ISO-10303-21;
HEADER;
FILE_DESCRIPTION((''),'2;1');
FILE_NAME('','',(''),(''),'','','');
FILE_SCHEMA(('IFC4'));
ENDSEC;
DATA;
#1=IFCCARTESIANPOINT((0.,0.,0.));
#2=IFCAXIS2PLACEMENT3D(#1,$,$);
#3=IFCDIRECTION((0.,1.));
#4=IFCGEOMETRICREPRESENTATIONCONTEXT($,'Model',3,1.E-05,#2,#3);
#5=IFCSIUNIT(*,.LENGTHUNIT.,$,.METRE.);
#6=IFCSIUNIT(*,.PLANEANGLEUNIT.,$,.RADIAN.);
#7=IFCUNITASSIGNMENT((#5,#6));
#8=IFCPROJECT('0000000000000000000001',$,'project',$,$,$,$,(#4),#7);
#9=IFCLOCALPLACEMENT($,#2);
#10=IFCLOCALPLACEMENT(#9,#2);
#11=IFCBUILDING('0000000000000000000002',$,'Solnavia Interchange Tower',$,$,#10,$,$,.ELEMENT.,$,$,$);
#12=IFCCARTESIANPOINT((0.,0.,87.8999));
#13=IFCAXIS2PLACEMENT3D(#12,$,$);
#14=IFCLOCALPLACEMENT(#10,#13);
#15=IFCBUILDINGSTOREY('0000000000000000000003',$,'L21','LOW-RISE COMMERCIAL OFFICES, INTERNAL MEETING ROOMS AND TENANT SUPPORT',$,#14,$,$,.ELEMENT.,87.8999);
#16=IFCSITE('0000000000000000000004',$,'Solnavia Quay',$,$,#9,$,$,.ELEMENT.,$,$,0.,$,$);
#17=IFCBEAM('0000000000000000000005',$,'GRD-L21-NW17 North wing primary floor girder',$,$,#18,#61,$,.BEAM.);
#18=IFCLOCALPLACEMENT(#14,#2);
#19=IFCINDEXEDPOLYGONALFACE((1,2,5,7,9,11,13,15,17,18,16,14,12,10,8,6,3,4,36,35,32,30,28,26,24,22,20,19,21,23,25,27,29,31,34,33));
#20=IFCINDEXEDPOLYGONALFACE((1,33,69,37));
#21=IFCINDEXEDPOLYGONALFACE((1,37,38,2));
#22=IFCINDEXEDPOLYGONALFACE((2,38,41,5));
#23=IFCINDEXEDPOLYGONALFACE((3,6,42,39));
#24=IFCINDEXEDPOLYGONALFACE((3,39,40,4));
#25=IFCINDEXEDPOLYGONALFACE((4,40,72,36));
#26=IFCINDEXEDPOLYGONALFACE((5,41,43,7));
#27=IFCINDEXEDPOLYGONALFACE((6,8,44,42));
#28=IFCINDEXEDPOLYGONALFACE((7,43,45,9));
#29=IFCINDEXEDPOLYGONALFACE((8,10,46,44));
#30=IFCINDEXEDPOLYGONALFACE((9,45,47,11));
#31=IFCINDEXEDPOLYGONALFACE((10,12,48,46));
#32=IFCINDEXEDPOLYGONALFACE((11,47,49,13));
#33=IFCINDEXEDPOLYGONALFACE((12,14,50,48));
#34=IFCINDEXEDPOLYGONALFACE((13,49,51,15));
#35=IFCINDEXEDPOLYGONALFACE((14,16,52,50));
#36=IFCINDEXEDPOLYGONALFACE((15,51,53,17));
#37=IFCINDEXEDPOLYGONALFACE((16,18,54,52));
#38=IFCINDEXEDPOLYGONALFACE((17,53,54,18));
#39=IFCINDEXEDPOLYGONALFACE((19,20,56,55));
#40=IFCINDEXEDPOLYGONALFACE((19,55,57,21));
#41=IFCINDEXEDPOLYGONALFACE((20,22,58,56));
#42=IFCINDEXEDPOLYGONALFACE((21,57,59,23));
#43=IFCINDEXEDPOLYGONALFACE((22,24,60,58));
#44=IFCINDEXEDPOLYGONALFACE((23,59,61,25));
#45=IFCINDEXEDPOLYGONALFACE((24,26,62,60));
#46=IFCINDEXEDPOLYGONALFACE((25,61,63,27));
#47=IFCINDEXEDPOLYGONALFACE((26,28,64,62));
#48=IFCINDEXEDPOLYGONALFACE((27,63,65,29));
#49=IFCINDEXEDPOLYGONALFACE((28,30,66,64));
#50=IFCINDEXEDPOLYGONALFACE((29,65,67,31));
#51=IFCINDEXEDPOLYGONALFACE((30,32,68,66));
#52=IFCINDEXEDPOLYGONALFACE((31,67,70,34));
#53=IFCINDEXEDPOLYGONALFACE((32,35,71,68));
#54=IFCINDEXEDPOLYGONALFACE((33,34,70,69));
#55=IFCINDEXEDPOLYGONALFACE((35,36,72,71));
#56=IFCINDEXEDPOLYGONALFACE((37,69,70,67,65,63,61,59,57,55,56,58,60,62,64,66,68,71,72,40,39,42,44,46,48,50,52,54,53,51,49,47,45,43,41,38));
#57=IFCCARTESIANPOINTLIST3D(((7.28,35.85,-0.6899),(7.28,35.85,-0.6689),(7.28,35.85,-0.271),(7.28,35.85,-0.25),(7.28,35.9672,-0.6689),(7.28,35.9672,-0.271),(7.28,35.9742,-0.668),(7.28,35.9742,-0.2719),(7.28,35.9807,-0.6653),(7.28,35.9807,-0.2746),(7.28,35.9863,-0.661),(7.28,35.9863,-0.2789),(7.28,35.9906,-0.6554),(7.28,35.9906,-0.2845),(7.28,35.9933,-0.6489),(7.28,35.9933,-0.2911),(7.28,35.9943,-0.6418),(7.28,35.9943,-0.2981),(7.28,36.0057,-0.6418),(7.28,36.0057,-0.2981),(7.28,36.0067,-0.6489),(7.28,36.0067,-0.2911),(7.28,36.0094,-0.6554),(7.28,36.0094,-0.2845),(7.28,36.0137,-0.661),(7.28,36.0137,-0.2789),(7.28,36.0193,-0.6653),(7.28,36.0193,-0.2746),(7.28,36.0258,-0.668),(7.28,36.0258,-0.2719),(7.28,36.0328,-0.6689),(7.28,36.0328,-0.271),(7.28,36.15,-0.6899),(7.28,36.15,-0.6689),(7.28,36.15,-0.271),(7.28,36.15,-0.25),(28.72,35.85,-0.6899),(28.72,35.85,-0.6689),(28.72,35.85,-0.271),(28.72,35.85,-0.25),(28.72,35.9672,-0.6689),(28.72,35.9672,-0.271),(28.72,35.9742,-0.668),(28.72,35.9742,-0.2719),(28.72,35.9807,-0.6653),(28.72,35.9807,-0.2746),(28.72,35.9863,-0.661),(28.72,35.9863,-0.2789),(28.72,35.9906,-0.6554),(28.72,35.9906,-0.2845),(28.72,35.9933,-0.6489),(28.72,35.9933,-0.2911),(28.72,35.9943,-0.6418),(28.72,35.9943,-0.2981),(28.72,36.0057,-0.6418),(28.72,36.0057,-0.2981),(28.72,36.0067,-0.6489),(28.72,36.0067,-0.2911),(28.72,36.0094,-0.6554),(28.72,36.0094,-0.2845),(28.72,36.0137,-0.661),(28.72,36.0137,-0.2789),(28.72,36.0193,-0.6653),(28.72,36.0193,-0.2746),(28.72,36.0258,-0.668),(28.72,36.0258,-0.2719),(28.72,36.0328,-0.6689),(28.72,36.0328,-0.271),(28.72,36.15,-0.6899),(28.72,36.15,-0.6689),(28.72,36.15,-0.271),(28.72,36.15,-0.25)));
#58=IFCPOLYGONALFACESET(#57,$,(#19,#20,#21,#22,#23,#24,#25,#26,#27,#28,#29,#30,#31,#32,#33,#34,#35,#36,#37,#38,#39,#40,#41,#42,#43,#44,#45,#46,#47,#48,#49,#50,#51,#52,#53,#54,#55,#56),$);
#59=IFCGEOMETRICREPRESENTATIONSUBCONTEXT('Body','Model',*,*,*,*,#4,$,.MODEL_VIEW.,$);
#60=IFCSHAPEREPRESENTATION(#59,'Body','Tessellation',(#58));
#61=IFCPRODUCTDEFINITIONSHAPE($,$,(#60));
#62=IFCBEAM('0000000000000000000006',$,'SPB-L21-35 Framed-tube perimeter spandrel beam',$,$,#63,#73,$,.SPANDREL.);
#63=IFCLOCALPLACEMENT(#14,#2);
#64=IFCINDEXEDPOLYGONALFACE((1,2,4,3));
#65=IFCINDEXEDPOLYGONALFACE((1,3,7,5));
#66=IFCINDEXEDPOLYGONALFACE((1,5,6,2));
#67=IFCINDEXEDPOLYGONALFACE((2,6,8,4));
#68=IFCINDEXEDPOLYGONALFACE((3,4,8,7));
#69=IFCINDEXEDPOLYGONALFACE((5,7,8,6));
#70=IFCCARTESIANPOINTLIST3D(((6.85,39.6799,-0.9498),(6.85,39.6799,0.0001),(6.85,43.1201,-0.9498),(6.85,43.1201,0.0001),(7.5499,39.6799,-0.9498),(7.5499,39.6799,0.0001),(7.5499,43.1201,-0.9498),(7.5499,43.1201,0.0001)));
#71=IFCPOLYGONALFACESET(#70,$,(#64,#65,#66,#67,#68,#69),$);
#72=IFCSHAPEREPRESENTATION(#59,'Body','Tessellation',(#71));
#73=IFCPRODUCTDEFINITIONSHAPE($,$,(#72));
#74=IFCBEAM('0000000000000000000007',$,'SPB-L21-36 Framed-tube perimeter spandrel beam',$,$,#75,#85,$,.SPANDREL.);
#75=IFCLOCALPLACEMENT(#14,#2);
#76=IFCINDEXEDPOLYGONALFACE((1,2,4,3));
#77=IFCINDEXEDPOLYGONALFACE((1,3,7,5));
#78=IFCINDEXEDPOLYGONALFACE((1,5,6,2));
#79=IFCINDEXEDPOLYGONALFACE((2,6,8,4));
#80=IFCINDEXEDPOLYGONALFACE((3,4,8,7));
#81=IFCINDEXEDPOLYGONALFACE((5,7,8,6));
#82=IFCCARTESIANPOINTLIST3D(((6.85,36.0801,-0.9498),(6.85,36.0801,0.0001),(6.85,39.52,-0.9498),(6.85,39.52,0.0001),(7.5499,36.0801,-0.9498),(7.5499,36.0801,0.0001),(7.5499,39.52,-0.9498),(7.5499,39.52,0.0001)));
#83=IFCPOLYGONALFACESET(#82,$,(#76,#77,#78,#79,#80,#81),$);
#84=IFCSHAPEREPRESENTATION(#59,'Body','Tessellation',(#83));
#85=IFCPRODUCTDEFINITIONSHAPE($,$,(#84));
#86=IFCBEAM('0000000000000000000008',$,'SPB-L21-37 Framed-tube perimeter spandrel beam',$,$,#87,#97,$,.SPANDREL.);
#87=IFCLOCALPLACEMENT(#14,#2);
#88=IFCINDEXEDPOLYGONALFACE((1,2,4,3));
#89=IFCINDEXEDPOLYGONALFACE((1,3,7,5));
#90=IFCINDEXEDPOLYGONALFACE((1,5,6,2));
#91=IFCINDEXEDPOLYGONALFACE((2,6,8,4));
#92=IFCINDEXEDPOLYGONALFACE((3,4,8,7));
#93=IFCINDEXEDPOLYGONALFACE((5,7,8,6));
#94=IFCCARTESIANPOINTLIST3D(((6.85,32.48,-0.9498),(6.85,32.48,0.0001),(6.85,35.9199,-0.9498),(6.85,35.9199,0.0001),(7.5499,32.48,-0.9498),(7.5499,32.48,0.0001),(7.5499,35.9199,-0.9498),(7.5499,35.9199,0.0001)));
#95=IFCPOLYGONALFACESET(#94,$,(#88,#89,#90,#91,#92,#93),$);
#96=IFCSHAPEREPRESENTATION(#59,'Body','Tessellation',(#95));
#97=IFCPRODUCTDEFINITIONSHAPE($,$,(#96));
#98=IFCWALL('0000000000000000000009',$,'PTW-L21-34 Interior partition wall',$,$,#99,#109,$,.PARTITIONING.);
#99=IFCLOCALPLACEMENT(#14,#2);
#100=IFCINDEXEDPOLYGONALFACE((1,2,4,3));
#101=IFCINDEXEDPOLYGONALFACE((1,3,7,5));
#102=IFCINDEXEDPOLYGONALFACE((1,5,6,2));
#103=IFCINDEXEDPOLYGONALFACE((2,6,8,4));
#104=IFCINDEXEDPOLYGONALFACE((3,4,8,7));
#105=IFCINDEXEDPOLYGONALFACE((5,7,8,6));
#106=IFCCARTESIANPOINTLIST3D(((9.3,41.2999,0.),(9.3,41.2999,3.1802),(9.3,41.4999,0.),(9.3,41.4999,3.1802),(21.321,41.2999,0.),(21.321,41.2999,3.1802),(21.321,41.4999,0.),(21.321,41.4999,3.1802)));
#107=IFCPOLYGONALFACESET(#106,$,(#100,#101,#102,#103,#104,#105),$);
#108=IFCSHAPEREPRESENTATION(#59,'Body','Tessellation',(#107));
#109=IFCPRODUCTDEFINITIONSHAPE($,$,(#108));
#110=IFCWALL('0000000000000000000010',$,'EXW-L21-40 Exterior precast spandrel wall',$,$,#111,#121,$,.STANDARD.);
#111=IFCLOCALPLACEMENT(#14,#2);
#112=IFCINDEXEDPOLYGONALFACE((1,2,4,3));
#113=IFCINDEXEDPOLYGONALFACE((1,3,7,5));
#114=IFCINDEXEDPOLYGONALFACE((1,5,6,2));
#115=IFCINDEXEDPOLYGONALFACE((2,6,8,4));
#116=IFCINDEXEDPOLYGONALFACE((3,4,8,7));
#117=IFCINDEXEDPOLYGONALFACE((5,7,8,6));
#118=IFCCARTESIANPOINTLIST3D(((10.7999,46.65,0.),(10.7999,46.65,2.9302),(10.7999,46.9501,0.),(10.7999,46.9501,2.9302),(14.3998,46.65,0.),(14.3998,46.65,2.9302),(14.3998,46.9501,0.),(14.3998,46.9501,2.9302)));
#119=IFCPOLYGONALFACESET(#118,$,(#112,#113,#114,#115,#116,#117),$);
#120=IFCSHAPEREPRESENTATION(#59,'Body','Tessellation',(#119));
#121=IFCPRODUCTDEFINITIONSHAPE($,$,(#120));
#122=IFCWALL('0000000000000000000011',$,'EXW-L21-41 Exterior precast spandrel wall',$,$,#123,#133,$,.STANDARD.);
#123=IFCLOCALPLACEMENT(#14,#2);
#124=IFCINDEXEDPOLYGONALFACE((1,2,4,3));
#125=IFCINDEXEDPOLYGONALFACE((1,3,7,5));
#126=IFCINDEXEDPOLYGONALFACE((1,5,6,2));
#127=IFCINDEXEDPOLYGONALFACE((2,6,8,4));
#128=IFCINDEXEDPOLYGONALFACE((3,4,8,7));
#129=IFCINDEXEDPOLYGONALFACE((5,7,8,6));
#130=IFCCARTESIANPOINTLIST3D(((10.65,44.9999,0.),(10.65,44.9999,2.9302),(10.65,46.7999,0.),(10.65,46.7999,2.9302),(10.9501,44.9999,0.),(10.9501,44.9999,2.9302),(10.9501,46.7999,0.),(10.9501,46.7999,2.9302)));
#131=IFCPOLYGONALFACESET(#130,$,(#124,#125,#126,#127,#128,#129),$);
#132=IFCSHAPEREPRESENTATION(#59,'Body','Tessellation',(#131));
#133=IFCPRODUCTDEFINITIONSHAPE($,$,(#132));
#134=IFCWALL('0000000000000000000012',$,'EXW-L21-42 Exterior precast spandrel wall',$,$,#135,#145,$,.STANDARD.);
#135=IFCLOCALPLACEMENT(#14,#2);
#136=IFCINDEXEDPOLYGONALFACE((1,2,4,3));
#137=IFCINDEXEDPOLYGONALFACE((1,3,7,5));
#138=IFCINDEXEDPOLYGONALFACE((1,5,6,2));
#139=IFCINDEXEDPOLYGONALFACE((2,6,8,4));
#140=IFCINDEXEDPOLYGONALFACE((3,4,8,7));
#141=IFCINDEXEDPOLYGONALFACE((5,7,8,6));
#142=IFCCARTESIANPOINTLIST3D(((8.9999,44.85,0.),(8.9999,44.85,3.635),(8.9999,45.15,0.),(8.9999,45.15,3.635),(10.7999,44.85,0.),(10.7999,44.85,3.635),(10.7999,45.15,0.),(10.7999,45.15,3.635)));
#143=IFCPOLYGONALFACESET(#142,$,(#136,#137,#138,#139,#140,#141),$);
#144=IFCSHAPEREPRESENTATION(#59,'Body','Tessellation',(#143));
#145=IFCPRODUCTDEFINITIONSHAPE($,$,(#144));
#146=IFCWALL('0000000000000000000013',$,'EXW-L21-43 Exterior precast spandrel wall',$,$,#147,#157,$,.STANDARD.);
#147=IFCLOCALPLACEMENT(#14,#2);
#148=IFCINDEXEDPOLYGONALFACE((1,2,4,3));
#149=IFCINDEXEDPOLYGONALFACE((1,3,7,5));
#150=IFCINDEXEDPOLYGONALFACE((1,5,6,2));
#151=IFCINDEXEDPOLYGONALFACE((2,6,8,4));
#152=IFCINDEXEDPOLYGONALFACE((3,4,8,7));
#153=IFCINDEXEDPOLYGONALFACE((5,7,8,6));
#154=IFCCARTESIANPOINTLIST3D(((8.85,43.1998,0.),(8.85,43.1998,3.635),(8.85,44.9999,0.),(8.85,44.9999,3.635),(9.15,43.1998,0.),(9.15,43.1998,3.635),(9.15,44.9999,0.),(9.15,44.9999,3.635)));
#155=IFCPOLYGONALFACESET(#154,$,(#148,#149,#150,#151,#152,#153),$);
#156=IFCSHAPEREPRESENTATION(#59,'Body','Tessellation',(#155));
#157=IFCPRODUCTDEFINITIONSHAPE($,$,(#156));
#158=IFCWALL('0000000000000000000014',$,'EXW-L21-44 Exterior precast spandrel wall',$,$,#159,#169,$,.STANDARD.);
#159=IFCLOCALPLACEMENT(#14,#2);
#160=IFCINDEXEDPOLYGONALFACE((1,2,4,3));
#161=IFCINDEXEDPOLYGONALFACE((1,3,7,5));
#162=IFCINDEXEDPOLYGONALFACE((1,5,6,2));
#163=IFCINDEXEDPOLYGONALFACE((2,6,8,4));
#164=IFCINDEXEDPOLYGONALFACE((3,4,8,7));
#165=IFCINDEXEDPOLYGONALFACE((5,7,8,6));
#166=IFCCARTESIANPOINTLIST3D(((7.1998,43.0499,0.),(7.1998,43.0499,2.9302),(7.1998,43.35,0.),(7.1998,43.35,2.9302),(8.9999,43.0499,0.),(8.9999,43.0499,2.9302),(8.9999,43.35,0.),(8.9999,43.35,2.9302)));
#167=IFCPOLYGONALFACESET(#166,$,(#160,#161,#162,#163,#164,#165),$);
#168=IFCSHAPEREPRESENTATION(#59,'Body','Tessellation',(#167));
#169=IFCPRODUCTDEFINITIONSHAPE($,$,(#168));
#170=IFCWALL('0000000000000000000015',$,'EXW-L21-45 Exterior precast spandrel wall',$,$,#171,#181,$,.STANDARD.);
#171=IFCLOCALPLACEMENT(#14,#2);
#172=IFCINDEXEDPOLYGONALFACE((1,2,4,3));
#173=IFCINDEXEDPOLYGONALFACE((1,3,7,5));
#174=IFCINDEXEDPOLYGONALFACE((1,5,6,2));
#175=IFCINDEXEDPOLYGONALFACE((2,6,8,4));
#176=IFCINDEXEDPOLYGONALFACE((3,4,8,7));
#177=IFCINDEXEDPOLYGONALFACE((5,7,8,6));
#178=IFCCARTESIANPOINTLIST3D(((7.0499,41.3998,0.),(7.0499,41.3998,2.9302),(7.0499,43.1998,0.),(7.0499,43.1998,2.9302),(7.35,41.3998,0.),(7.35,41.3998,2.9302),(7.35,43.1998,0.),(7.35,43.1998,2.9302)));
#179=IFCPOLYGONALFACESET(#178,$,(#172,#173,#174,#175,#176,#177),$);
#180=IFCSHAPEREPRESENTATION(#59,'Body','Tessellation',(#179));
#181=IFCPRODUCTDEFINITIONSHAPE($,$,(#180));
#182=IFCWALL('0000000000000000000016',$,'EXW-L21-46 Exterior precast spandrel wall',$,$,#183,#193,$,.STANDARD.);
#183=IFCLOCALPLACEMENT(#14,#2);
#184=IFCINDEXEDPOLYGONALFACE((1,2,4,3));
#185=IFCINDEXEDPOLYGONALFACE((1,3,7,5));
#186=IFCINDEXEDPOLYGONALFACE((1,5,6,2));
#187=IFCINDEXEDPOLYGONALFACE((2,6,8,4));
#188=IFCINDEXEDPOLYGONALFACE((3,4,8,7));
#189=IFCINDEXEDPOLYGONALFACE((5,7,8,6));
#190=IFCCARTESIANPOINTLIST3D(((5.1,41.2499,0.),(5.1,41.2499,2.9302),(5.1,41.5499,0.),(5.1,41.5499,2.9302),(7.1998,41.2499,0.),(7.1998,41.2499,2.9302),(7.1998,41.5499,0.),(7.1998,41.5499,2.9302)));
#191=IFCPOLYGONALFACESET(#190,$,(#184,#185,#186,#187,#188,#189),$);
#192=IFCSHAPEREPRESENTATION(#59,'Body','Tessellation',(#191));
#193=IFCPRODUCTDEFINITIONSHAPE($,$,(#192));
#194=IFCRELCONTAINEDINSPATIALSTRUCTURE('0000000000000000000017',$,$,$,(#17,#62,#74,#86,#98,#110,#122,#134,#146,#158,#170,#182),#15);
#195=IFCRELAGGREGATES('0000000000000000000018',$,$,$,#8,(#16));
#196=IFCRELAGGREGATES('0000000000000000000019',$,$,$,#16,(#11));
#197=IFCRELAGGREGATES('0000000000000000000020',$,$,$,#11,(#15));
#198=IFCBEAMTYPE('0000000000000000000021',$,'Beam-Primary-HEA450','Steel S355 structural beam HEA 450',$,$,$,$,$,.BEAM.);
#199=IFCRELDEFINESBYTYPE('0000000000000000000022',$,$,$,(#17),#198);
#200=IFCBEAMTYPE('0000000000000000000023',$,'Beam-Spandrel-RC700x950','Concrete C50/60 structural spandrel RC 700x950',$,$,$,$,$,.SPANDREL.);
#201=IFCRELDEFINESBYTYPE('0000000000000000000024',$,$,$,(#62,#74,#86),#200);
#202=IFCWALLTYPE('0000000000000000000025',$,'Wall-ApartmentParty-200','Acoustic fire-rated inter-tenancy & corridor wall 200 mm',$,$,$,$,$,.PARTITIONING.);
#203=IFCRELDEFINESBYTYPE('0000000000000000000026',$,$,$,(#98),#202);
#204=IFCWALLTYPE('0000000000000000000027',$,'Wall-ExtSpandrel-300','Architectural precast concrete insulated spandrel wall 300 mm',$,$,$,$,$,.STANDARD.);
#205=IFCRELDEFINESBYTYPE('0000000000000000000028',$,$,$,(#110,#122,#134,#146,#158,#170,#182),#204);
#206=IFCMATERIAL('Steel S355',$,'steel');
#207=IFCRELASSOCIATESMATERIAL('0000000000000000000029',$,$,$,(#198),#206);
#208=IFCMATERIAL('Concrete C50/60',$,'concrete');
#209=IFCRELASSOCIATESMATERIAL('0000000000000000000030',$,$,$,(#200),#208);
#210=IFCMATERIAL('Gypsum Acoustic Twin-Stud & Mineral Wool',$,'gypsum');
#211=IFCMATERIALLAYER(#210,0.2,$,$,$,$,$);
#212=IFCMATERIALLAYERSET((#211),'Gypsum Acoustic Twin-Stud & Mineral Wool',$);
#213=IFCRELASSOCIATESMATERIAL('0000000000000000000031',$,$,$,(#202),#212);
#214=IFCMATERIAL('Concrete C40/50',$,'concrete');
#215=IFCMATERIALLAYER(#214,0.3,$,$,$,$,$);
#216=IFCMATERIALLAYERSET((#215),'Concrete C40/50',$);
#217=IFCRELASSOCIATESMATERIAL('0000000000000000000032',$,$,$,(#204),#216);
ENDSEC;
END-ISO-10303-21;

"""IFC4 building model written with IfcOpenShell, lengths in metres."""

from ifc_helpers import new_model, si_unit, direction, frame, frame_2d, origin, origin_2d, place, context, subcontext, project, spatial, rectangle, i_section, extrude, material, layer, layer_set, material_profile, profile_set, type_object, element, save


model = new_model("IFC4")

# Units and contexts
model_context = context("Model", 3, precision=1e-05, world=origin(), true_north=direction((0.0, 1.0)))
body_context = subcontext(model_context, "Body", "Model", "MODEL_VIEW")
ifc_project = project(units=[si_unit("LENGTHUNIT", "METRE"), si_unit("PLANEANGLEUNIT", "RADIAN")], contexts=[model_context])

# Site, building, storey
site_placement = place(None, origin())
site = spatial("IfcSite", under=ifc_project, at=site_placement, Name="Solnavia Quay", CompositionType="ELEMENT", RefElevation=0.0)
building_placement = place(site_placement, origin())
building = spatial("IfcBuilding", under=site, at=building_placement, Name="Solnavia Interchange Tower", CompositionType="ELEMENT")
storey_placement = place(building_placement, frame((0.0, 0.0, 87.8999)))
storey = spatial("IfcBuildingStorey", under=building, at=storey_placement, Name="L21", Description="LOW-RISE COMMERCIAL OFFICES, INTERNAL MEETING ROOMS AND TENANT SUPPORT", CompositionType="ELEMENT", Elevation=87.8999)

# Shared definitions
ifc_material_1 = material(Name="Concrete C50/60", Category="concrete")

# Beams
ifc_material_2 = material(Name="Steel S355", Category="steel")
ifc_material_profile_1 = material_profile(ifc_material_2, i_section(OverallWidth=0.3, OverallDepth=0.4399, WebThickness=0.0115, FlangeThickness=0.021, FilletRadius=0.0271, at=origin_2d()), Name="HEA 450")
ifc_profile_set_1 = profile_set([ifc_material_profile_1], Name="Steel S355")
beam_type_1 = type_object("IfcBeamType", Name="Beam-Primary-HEA450", Description="Steel S355 structural beam HEA 450", PredefinedType="BEAM", material=ifc_profile_set_1)
beam_1_placement = place(storey_placement, frame((7.28, 36.0, -0.47), z_axis=(1.0, 0.0, 0.0), x_axis=(0.0, 1.0, 0.0)))
element("IfcBeam", 1, at=beam_1_placement, inside=storey, type_object=beam_type_1, Name="GRD-L21-NW17 North wing primary floor girder", PredefinedType="BEAM", context=body_context, shape_type="SweptSolid", body=[
    extrude(i_section(OverallWidth=0.3, OverallDepth=0.4399, WebThickness=0.0115, FlangeThickness=0.021, FilletRadius=0.0271, at=origin_2d()), origin(), (0.0, 0.0, 1.0), 21.4399),
])
ifc_material_profile_2 = material_profile(ifc_material_1, rectangle(XDim=0.7, YDim=0.95, at=origin_2d()), Name="RC 700x950")
ifc_profile_set_2 = profile_set([ifc_material_profile_2], Name="Concrete C50/60")
beam_type_2 = type_object("IfcBeamType", Name="Beam-Spandrel-RC700x950", Description="Concrete C50/60 structural spandrel RC 700x950", PredefinedType="SPANDREL", material=ifc_profile_set_2)
beam_2_placement = place(storey_placement, frame((7.2, 43.1201, -0.4749), z_axis=(0.0, -1.0, 0.0), x_axis=(1.0, 0.0, 0.0)))
element("IfcBeam", 2, at=beam_2_placement, inside=storey, type_object=beam_type_2, Name="SPB-L21-35 Framed-tube perimeter spandrel beam", PredefinedType="SPANDREL", context=body_context, shape_type="SweptSolid", body=[
    extrude(rectangle(XDim=0.7, YDim=0.95, at=origin_2d()), origin(), (0.0, 0.0, 1.0), 3.4402),
])
for number, where, z_axis, x_axis, name in (
    (3, (7.2, 39.52, -0.4749), (0.0, -1.0, 0.0), (1.0, 0.0, 0.0), "SPB-L21-36 Framed-tube perimeter spandrel beam"),
    (4, (7.2, 35.9199, -0.4749), (0.0, -1.0, 0.0), (1.0, 0.0, 0.0), "SPB-L21-37 Framed-tube perimeter spandrel beam"),
):
    element("IfcBeam", number, at=place(storey_placement, frame(where, z_axis=z_axis, x_axis=x_axis)), inside=storey, type_object=beam_type_2, Name=name, PredefinedType="SPANDREL", context=body_context, shape_type="SweptSolid", body=[
        extrude(rectangle(XDim=0.7, YDim=0.95, at=origin_2d()), origin(), (0.0, 0.0, 1.0), 3.4399),
    ])

# Walls
ifc_material_3 = material(Name="Gypsum Acoustic Twin-Stud & Mineral Wool", Category="gypsum")
ifc_layer_1 = layer(ifc_material_3, 0.2)
ifc_layer_set_1 = layer_set([ifc_layer_1], Name="Gypsum Acoustic Twin-Stud & Mineral Wool")
wall_type_1 = type_object("IfcWallType", Name="Wall-ApartmentParty-200", Description="Acoustic fire-rated inter-tenancy & corridor wall 200 mm", PredefinedType="PARTITIONING", material=ifc_layer_set_1)
wall_1_placement = place(storey_placement, frame((9.3, 41.3999, 0.0), z_axis=(0.0, 0.0, 1.0), x_axis=(1.0, 0.0, 0.0)))
element("IfcWall", 5, at=wall_1_placement, inside=storey, type_object=wall_type_1, Name="PTW-L21-34 Interior partition wall", PredefinedType="PARTITIONING", context=body_context, shape_type="SweptSolid", body=[
    extrude(rectangle(XDim=12.021, YDim=0.2, at=frame_2d((6.0105, 0.0))), origin(), (0.0, 0.0, 1.0), 3.1802),
])
ifc_material_4 = material(Name="Concrete C40/50", Category="concrete")
ifc_layer_2 = layer(ifc_material_4, 0.3)
ifc_layer_set_2 = layer_set([ifc_layer_2], Name="Concrete C40/50")
wall_type_2 = type_object("IfcWallType", Name="Wall-ExtSpandrel-300", Description="Architectural precast concrete insulated spandrel wall 300 mm", PredefinedType="STANDARD", material=ifc_layer_set_2)
wall_2_placement = place(storey_placement, frame((10.8, 46.8, 0.0), z_axis=(0.0, 0.0, 1.0), x_axis=(1.0, 0.0, 0.0)))
element("IfcWall", 6, at=wall_2_placement, inside=storey, type_object=wall_type_2, Name="EXW-L21-40 Exterior precast spandrel wall", PredefinedType="STANDARD", context=body_context, shape_type="SweptSolid", body=[
    extrude(rectangle(XDim=3.5999, YDim=0.3, at=frame_2d((1.7998, 0.0))), origin(), (0.0, 0.0, 1.0), 2.9302),
])
wall_3_placement = place(storey_placement, frame((10.8, 45.0, 0.0), z_axis=(0.0, 0.0, 1.0), x_axis=(0.0, 1.0, 0.0)))
element("IfcWall", 7, at=wall_3_placement, inside=storey, type_object=wall_type_2, Name="EXW-L21-41 Exterior precast spandrel wall", PredefinedType="STANDARD", context=body_context, shape_type="SweptSolid", body=[
    extrude(rectangle(XDim=1.8, YDim=0.3, at=frame_2d((0.8999, 0.0))), origin(), (0.0, 0.0, 1.0), 2.9302),
])
for number, where, z_axis, x_axis, name in (
    (8, (9.0, 45.0, 0.0), (0.0, 0.0, 1.0), (1.0, 0.0, 0.0), "EXW-L21-42 Exterior precast spandrel wall"),
    (9, (9.0, 43.2, 0.0), (0.0, 0.0, 1.0), (0.0, 1.0, 0.0), "EXW-L21-43 Exterior precast spandrel wall"),
):
    element("IfcWall", number, at=place(storey_placement, frame(where, z_axis=z_axis, x_axis=x_axis)), inside=storey, type_object=wall_type_2, Name=name, PredefinedType="STANDARD", context=body_context, shape_type="SweptSolid", body=[
        extrude(rectangle(XDim=1.8, YDim=0.3, at=frame_2d((0.8999, 0.0))), origin(), (0.0, 0.0, 1.0), 3.635),
    ])
for number, where, z_axis, x_axis, name in (
    (10, (7.2, 43.2, 0.0), (0.0, 0.0, 1.0), (1.0, 0.0, 0.0), "EXW-L21-44 Exterior precast spandrel wall"),
    (11, (7.2, 41.3999, 0.0), (0.0, 0.0, 1.0), (0.0, 1.0, 0.0), "EXW-L21-45 Exterior precast spandrel wall"),
):
    element("IfcWall", number, at=place(storey_placement, frame(where, z_axis=z_axis, x_axis=x_axis)), inside=storey, type_object=wall_type_2, Name=name, PredefinedType="STANDARD", context=body_context, shape_type="SweptSolid", body=[
        extrude(rectangle(XDim=1.8, YDim=0.3, at=frame_2d((0.8999, 0.0))), origin(), (0.0, 0.0, 1.0), 2.9302),
    ])
wall_4_placement = place(storey_placement, frame((5.1001, 41.3999, 0.0), z_axis=(0.0, 0.0, 1.0), x_axis=(1.0, 0.0, 0.0)))
element("IfcWall", 12, at=wall_4_placement, inside=storey, type_object=wall_type_2, Name="EXW-L21-46 Exterior precast spandrel wall", PredefinedType="STANDARD", context=body_context, shape_type="SweptSolid", body=[
    extrude(rectangle(XDim=2.0999, YDim=0.3, at=frame_2d((1.0498, 0.0))), origin(), (0.0, 0.0, 1.0), 2.9302),
])

save(model, "model.ifc")
